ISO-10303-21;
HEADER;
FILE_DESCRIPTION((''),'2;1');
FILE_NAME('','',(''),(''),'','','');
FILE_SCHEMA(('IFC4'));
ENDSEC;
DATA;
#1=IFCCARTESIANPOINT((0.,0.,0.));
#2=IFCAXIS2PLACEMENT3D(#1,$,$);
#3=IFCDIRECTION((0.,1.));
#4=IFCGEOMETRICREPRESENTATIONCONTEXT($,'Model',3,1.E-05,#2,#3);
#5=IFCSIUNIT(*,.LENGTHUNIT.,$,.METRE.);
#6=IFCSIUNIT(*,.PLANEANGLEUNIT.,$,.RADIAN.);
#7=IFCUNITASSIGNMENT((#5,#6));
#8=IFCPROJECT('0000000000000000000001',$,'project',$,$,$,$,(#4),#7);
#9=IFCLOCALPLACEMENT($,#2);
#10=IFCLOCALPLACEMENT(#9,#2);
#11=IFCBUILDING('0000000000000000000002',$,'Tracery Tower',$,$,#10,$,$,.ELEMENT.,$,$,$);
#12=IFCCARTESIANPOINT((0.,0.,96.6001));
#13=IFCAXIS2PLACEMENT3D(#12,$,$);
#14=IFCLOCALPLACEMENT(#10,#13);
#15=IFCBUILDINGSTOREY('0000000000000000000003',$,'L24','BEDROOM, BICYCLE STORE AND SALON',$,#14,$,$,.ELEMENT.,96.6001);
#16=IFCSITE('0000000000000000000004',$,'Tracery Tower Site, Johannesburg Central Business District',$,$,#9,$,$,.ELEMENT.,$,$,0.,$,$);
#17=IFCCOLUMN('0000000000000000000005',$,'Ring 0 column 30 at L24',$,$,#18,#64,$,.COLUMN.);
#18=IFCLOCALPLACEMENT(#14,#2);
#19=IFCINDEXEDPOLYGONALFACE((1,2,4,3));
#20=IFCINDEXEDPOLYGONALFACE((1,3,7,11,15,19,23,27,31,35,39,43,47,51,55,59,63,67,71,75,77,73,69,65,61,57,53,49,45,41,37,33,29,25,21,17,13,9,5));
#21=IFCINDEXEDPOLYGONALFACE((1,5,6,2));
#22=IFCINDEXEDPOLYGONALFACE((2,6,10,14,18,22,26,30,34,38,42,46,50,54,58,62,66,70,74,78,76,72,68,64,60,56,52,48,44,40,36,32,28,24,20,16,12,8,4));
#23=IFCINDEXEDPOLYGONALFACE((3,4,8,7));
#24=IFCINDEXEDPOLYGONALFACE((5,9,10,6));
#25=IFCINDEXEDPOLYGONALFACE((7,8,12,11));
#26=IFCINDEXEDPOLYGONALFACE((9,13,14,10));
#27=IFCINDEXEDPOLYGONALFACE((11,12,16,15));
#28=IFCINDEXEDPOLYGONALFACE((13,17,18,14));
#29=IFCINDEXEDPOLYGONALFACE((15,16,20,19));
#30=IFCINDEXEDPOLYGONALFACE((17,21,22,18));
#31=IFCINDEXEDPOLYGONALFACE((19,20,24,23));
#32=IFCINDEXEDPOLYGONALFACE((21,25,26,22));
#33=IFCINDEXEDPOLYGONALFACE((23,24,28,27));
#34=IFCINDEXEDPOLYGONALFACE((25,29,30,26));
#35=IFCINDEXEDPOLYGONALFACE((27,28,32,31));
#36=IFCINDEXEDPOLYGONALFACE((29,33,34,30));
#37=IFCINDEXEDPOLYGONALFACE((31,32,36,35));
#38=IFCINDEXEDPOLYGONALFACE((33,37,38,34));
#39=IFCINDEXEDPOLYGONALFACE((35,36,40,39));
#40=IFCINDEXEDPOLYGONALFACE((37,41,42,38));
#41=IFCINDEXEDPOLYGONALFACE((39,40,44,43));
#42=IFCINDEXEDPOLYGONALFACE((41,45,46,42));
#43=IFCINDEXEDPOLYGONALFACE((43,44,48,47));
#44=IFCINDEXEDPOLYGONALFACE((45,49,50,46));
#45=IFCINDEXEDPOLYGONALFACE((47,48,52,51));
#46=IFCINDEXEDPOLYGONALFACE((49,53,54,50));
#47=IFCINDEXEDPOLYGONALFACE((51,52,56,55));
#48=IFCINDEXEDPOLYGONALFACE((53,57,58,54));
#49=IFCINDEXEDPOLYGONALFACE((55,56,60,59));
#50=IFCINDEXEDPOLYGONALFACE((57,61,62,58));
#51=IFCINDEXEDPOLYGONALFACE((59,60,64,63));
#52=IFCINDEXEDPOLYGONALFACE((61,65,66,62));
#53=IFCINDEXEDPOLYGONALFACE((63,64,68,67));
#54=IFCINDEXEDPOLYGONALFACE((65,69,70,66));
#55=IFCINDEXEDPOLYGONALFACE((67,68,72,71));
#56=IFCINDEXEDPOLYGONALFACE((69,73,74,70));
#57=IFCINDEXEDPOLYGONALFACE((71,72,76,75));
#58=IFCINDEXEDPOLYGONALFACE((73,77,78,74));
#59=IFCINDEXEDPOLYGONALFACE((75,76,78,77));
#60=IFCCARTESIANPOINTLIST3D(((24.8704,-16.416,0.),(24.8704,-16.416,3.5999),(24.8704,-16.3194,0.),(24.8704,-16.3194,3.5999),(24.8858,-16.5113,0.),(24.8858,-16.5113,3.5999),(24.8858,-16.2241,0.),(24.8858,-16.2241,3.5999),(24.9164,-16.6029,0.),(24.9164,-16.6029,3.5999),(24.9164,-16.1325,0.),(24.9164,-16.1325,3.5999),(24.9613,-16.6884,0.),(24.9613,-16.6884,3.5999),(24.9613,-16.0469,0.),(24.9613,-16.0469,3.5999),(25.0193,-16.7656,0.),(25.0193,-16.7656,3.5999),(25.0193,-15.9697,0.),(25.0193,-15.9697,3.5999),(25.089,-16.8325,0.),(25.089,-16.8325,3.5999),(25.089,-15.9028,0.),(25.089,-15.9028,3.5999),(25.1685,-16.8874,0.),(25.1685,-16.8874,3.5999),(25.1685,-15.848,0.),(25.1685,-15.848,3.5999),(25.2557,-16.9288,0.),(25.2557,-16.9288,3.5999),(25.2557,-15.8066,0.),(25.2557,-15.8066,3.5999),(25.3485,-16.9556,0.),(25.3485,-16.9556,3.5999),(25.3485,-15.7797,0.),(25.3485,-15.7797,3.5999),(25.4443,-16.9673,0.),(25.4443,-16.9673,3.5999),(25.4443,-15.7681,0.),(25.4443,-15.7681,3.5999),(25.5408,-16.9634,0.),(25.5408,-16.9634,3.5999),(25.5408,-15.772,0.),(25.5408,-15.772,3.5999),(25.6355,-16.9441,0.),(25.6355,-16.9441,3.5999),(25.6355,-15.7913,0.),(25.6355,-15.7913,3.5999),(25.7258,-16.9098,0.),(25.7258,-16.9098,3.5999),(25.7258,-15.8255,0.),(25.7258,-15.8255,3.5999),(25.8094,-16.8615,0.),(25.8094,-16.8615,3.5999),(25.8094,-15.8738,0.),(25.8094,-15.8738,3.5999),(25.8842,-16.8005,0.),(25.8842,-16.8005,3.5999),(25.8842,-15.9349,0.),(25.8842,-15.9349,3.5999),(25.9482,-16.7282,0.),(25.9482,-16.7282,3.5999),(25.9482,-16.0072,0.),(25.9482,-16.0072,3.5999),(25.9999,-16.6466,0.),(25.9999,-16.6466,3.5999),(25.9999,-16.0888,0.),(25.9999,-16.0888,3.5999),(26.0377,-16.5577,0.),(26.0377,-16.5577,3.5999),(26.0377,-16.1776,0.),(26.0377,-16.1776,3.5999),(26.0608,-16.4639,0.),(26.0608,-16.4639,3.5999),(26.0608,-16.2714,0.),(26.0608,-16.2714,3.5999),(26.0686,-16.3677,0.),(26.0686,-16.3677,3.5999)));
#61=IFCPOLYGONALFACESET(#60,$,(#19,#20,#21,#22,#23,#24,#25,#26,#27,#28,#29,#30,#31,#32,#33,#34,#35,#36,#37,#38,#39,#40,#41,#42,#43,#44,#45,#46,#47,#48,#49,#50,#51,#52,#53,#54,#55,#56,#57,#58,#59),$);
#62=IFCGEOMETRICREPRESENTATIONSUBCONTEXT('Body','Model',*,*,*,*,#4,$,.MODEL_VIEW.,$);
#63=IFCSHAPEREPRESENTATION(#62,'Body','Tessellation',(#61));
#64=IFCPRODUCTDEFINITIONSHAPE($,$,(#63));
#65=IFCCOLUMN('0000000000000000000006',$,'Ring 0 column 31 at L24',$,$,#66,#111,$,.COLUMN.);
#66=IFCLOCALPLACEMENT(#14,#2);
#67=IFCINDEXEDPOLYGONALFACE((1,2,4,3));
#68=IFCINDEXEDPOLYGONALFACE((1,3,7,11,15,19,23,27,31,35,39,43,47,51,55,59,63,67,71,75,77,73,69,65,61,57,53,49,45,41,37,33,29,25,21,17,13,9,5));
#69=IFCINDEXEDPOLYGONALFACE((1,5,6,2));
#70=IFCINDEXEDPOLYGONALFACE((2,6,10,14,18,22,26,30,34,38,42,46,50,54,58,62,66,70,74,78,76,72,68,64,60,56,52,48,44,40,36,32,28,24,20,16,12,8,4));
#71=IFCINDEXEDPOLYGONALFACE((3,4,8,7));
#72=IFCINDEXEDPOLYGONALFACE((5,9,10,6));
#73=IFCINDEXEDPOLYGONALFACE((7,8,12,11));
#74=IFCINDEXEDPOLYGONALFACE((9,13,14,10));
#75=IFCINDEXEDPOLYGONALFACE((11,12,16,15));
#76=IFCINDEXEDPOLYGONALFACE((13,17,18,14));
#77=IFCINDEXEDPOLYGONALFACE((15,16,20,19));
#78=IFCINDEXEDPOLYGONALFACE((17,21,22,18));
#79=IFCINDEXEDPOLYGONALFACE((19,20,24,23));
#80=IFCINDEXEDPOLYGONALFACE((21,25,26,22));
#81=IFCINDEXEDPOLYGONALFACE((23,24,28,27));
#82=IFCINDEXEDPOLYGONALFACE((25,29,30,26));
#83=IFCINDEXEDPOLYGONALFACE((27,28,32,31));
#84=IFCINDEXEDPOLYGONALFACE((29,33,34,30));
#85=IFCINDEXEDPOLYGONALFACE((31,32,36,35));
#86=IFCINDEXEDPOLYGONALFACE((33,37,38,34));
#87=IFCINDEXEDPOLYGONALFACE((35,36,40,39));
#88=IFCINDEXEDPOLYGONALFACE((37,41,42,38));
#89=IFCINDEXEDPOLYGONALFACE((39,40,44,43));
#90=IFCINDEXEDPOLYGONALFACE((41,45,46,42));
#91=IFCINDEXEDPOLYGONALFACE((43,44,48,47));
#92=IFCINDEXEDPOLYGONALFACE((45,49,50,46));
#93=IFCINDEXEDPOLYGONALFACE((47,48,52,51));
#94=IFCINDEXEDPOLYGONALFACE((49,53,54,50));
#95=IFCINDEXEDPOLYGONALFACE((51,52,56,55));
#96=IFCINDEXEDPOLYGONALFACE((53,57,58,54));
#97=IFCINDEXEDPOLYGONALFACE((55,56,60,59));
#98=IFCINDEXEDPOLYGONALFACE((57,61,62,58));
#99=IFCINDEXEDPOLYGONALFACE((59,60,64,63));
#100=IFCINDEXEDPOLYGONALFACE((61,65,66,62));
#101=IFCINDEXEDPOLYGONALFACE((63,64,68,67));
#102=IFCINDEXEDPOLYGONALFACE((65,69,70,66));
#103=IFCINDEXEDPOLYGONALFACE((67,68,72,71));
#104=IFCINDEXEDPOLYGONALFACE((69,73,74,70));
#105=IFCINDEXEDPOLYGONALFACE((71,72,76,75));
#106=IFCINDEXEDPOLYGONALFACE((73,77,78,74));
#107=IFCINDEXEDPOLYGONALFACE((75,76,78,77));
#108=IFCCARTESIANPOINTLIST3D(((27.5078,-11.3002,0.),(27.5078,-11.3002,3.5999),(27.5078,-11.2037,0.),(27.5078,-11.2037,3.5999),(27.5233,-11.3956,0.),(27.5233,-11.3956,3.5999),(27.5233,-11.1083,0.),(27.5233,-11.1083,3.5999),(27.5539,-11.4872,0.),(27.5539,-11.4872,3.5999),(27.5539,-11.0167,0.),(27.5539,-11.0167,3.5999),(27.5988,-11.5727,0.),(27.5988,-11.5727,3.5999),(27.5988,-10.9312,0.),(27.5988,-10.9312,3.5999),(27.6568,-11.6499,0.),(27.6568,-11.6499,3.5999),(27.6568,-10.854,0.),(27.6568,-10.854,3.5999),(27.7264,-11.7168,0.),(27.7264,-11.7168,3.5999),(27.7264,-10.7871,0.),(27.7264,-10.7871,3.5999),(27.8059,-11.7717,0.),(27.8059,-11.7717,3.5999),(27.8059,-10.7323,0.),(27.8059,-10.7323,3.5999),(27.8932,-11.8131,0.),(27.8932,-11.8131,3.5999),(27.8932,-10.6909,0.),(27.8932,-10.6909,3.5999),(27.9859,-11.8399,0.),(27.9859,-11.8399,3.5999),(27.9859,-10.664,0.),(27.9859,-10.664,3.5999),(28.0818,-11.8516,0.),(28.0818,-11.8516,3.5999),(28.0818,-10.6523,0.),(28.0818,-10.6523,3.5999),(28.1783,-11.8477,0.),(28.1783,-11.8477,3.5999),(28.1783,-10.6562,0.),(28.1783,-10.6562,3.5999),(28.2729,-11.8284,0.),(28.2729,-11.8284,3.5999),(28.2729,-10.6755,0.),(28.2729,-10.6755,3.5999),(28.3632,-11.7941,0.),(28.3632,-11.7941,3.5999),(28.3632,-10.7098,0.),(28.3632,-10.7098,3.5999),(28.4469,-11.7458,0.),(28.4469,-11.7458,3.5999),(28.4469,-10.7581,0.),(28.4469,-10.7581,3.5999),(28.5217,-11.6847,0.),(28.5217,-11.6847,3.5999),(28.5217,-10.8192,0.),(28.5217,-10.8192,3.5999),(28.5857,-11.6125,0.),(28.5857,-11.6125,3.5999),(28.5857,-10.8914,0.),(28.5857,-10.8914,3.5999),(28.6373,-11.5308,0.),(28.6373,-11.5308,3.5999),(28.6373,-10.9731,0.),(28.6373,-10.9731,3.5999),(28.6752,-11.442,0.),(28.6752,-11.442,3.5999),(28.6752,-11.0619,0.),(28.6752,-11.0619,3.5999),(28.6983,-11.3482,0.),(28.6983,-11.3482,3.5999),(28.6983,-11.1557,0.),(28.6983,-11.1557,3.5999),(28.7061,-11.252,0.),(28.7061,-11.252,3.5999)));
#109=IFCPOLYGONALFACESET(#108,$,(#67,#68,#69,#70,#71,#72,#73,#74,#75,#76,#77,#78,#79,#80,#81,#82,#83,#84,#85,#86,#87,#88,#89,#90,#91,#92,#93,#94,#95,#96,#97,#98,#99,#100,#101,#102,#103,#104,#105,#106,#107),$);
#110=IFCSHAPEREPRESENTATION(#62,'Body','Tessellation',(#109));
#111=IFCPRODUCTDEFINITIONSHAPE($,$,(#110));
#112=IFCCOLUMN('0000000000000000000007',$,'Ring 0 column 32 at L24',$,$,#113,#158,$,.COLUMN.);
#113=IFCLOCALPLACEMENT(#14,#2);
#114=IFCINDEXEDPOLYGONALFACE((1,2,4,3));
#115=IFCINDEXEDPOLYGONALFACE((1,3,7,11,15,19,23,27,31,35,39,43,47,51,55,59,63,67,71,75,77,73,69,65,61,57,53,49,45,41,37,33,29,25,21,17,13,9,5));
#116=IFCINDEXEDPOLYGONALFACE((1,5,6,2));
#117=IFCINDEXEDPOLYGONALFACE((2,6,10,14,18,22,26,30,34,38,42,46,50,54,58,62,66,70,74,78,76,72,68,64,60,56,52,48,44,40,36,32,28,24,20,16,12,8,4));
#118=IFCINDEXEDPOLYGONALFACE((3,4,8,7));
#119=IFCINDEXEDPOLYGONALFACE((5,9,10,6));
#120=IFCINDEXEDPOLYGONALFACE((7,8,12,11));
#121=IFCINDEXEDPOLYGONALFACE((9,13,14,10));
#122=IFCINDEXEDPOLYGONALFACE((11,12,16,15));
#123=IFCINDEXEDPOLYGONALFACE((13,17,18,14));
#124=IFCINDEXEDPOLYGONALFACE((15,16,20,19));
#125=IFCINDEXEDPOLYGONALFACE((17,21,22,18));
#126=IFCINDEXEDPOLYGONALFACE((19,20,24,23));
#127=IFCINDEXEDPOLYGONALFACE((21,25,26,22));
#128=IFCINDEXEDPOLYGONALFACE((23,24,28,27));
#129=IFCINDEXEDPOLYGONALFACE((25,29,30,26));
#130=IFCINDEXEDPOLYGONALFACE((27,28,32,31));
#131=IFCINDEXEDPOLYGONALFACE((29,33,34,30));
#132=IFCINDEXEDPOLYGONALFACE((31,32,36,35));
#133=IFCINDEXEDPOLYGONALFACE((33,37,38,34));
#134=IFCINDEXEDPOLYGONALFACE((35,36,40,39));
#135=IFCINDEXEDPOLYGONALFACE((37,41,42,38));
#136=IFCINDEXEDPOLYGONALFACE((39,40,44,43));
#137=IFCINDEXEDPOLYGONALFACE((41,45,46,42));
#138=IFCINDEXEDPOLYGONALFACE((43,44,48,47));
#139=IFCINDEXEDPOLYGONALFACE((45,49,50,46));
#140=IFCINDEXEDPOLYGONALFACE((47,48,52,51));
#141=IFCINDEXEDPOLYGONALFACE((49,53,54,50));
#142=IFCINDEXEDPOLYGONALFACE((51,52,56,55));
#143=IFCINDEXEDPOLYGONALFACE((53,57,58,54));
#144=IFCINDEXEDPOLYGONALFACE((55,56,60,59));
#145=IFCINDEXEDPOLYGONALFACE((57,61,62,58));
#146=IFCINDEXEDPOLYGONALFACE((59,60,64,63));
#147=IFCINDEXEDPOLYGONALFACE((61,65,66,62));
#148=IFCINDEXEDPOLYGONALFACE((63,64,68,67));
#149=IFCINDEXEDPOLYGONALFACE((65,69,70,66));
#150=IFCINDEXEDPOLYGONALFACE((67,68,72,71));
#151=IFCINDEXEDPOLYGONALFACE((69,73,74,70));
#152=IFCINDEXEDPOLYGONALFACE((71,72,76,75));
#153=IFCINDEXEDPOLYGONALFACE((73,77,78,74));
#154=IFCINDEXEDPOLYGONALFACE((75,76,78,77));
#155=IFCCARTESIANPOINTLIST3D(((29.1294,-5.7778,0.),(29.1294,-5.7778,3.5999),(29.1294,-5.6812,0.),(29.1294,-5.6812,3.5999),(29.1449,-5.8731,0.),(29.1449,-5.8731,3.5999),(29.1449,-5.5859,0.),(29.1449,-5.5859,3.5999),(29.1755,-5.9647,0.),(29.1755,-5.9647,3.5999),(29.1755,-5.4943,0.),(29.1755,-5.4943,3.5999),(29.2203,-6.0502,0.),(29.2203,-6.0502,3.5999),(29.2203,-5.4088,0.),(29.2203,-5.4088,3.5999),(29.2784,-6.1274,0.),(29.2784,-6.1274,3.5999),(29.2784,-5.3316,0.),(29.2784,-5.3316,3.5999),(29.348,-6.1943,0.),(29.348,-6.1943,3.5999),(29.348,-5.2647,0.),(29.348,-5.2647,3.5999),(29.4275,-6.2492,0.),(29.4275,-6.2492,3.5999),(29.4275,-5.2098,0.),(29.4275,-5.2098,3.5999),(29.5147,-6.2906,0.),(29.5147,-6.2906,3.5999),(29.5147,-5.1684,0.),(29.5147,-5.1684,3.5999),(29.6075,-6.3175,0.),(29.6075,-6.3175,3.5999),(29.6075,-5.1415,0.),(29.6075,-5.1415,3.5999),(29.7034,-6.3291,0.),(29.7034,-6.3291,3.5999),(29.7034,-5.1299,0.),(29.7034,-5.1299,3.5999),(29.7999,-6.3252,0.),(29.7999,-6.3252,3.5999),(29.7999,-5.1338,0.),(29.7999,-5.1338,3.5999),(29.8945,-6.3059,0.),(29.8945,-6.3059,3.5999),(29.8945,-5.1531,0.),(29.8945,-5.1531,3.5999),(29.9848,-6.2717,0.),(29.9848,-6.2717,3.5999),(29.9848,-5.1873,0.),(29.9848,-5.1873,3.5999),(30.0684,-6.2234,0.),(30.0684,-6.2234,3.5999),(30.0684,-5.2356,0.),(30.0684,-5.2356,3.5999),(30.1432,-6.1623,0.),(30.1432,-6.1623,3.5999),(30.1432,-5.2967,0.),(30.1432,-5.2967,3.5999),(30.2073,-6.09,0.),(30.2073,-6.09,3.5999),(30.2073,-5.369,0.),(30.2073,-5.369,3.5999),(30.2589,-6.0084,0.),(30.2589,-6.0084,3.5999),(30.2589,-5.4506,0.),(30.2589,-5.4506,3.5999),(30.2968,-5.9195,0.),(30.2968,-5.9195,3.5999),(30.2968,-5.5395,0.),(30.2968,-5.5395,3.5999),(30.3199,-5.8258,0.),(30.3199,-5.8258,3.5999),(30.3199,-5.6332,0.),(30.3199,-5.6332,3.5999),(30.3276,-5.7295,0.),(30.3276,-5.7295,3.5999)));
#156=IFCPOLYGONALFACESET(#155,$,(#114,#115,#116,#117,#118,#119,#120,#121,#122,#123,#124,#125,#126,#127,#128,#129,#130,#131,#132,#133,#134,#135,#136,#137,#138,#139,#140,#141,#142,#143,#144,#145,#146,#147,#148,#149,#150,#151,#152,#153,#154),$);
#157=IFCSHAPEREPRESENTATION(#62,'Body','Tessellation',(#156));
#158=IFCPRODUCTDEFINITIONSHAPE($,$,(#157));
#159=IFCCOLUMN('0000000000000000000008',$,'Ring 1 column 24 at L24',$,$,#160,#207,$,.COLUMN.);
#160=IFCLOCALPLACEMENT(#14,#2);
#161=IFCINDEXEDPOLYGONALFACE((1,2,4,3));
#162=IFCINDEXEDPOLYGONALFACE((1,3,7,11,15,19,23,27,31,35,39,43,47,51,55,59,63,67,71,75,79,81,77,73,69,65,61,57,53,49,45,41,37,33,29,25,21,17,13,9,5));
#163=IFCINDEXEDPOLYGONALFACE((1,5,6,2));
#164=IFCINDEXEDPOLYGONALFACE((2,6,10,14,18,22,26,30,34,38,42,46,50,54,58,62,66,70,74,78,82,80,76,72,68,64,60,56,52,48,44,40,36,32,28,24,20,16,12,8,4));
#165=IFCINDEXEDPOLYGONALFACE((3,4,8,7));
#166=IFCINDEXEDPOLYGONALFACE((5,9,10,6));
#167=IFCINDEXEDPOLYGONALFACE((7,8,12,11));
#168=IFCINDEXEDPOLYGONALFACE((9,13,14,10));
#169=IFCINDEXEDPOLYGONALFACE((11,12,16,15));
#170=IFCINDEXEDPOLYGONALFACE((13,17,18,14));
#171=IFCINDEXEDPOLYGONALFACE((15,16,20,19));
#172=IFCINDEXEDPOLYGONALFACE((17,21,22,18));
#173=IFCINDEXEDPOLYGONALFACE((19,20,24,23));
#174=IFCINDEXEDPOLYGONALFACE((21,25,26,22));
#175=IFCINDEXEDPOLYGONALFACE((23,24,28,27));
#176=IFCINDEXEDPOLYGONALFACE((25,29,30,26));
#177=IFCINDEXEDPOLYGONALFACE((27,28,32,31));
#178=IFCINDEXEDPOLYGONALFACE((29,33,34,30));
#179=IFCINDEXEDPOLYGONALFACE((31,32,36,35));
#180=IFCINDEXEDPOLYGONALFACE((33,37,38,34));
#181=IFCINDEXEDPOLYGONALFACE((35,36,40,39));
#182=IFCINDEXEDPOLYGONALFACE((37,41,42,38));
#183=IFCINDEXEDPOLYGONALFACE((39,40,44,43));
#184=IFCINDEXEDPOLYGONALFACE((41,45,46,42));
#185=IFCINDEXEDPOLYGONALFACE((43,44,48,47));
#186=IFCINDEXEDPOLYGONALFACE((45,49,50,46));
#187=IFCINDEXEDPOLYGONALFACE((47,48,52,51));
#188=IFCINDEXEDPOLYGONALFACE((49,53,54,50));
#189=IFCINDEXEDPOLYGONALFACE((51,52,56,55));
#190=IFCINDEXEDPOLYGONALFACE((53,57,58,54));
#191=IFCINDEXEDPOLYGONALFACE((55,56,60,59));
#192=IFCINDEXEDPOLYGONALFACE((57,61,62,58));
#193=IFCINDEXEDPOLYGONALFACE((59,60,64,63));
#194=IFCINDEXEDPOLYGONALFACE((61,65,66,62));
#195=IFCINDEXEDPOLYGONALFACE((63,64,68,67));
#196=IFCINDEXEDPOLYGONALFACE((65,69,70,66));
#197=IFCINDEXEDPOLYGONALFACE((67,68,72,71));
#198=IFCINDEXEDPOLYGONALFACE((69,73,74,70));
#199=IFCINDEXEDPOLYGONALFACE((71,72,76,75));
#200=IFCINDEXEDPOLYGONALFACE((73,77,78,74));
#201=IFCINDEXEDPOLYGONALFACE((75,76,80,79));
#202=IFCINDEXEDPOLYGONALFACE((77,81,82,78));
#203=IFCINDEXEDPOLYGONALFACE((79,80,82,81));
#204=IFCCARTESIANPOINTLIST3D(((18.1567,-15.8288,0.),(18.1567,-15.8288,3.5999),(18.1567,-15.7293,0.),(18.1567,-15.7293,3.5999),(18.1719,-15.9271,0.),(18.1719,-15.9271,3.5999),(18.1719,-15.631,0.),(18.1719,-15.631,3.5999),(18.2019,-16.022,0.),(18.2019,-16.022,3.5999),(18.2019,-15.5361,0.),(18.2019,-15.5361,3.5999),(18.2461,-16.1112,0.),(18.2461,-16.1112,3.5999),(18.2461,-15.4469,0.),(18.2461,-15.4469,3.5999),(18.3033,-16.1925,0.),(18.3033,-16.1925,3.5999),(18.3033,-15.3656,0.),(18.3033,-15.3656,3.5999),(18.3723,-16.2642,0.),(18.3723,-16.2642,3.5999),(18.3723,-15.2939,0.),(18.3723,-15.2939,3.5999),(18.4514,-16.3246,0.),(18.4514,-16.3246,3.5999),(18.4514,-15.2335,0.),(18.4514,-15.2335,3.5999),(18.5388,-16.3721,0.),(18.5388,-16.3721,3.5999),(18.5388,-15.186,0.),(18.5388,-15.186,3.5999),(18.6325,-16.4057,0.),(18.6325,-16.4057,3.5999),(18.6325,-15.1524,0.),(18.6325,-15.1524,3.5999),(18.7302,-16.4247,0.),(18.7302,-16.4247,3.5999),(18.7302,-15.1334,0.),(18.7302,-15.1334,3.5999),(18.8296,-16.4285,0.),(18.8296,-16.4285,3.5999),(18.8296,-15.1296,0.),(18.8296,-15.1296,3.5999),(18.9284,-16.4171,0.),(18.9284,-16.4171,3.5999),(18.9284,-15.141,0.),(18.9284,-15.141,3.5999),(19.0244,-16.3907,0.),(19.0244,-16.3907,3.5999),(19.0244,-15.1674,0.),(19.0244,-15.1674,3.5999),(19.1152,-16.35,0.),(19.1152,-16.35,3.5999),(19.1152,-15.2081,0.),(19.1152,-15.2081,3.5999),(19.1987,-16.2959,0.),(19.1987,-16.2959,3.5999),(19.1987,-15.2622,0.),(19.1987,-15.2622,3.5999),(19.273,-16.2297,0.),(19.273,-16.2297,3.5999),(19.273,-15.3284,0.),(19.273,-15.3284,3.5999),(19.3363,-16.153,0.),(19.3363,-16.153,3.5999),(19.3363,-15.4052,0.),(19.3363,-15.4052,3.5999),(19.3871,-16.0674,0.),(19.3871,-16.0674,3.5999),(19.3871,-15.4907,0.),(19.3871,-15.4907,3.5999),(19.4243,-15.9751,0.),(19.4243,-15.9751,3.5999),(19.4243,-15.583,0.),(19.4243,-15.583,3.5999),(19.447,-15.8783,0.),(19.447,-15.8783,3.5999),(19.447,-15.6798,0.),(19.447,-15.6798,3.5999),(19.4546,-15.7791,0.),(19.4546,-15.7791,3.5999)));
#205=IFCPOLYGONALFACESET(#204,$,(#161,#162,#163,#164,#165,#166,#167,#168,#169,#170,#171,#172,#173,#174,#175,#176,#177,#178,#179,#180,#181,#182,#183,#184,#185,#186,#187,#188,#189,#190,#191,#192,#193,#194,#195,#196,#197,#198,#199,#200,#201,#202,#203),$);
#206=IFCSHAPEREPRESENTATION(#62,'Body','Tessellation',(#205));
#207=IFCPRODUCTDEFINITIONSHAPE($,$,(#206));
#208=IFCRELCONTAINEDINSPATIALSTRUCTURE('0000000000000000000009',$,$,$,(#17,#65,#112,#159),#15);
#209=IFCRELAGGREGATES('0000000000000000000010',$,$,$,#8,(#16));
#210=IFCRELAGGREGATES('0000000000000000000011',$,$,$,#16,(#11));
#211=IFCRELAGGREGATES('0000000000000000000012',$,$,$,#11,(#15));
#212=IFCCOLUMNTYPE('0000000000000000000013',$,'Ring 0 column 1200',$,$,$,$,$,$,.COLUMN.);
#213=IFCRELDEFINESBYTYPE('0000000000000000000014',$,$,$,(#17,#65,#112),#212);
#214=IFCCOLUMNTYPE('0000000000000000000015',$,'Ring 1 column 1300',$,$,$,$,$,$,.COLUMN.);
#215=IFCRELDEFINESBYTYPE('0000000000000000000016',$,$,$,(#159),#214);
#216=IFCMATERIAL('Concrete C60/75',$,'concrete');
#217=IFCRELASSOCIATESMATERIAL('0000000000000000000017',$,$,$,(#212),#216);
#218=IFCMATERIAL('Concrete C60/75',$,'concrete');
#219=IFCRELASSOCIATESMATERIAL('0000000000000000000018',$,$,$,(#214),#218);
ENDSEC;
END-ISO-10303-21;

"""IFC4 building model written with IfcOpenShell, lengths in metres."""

from ifc_helpers import new_model, si_unit, direction, frame, origin, origin_2d, place, context, subcontext, project, spatial, circle, extrude, material, material_profile, profile_set, type_object, element, save


model = new_model("IFC4")

# Units and contexts
model_context = context("Model", 3, precision=1e-05, world=origin(), true_north=direction((0.0, 1.0)))
body_context = subcontext(model_context, "Body", "Model", "MODEL_VIEW")
ifc_project = project(units=[si_unit("LENGTHUNIT", "METRE"), si_unit("PLANEANGLEUNIT", "RADIAN")], contexts=[model_context])

# Site, building, storey
site_placement = place(None, origin())
site = spatial("IfcSite", under=ifc_project, at=site_placement, Name="Tracery Tower Site, Johannesburg Central Business District", CompositionType="ELEMENT", RefElevation=0.0)
building_placement = place(site_placement, origin())
building = spatial("IfcBuilding", under=site, at=building_placement, Name="Tracery Tower", CompositionType="ELEMENT")
storey_placement = place(building_placement, frame((0.0, 0.0, 96.6001)))
storey = spatial("IfcBuildingStorey", under=building, at=storey_placement, Name="L24", Description="BEDROOM, BICYCLE STORE AND SALON", CompositionType="ELEMENT", Elevation=96.6001)

# Columns
ifc_material_1 = material(Name="Concrete C60/75", Category="concrete")
ifc_material_profile_1 = material_profile(ifc_material_1, circle(Radius=0.6001, at=origin_2d()), Name="RC D1200")
ifc_profile_set_1 = profile_set([ifc_material_profile_1], Name="Concrete C60/75")
column_type_1 = type_object("IfcColumnType", Name="Ring 0 column 1200", PredefinedType="COLUMN", material=ifc_profile_set_1)
for number, where, z_axis, x_axis, name in (
    (1, (25.4685, -16.3677, 0.0), (0.0, 0.0, 1.0), (1.0, 0.0, 0.0), "Ring 0 column 30 at L24"),
    (2, (28.106, -11.252, 0.0), (0.0, 0.0, 1.0), (1.0, 0.0, 0.0), "Ring 0 column 31 at L24"),
    (3, (29.7275, -5.7295, 0.0), (0.0, 0.0, 1.0), (1.0, 0.0, 0.0), "Ring 0 column 32 at L24"),
):
    element("IfcColumn", number, at=place(storey_placement, frame(where, z_axis=z_axis, x_axis=x_axis)), inside=storey, type_object=column_type_1, Name=name, PredefinedType="COLUMN", context=body_context, shape_type="SweptSolid", body=[
        extrude(circle(Radius=0.6001, at=origin_2d()), origin(), (0.0, 0.0, 1.0), 3.5999),
    ])
ifc_material_2 = material(Name="Concrete C60/75", Category="concrete")
ifc_material_profile_2 = material_profile(ifc_material_2, circle(Radius=0.6499, at=origin_2d()), Name="RC D1300")
ifc_profile_set_2 = profile_set([ifc_material_profile_2], Name="Concrete C60/75")
column_type_2 = type_object("IfcColumnType", Name="Ring 1 column 1300", PredefinedType="COLUMN", material=ifc_profile_set_2)
for number, where, z_axis, x_axis, name in (
    (4, (18.8047, -15.7791, 0.0), (0.0, 0.0, 1.0), (1.0, 0.0, 0.0), "Ring 1 column 24 at L24"),
):
    element("IfcColumn", number, at=place(storey_placement, frame(where, z_axis=z_axis, x_axis=x_axis)), inside=storey, type_object=column_type_2, Name=name, PredefinedType="COLUMN", context=body_context, shape_type="SweptSolid", body=[
        extrude(circle(Radius=0.6499, at=origin_2d()), origin(), (0.0, 0.0, 1.0), 3.5999),
    ])

save(model, "model.ifc")
